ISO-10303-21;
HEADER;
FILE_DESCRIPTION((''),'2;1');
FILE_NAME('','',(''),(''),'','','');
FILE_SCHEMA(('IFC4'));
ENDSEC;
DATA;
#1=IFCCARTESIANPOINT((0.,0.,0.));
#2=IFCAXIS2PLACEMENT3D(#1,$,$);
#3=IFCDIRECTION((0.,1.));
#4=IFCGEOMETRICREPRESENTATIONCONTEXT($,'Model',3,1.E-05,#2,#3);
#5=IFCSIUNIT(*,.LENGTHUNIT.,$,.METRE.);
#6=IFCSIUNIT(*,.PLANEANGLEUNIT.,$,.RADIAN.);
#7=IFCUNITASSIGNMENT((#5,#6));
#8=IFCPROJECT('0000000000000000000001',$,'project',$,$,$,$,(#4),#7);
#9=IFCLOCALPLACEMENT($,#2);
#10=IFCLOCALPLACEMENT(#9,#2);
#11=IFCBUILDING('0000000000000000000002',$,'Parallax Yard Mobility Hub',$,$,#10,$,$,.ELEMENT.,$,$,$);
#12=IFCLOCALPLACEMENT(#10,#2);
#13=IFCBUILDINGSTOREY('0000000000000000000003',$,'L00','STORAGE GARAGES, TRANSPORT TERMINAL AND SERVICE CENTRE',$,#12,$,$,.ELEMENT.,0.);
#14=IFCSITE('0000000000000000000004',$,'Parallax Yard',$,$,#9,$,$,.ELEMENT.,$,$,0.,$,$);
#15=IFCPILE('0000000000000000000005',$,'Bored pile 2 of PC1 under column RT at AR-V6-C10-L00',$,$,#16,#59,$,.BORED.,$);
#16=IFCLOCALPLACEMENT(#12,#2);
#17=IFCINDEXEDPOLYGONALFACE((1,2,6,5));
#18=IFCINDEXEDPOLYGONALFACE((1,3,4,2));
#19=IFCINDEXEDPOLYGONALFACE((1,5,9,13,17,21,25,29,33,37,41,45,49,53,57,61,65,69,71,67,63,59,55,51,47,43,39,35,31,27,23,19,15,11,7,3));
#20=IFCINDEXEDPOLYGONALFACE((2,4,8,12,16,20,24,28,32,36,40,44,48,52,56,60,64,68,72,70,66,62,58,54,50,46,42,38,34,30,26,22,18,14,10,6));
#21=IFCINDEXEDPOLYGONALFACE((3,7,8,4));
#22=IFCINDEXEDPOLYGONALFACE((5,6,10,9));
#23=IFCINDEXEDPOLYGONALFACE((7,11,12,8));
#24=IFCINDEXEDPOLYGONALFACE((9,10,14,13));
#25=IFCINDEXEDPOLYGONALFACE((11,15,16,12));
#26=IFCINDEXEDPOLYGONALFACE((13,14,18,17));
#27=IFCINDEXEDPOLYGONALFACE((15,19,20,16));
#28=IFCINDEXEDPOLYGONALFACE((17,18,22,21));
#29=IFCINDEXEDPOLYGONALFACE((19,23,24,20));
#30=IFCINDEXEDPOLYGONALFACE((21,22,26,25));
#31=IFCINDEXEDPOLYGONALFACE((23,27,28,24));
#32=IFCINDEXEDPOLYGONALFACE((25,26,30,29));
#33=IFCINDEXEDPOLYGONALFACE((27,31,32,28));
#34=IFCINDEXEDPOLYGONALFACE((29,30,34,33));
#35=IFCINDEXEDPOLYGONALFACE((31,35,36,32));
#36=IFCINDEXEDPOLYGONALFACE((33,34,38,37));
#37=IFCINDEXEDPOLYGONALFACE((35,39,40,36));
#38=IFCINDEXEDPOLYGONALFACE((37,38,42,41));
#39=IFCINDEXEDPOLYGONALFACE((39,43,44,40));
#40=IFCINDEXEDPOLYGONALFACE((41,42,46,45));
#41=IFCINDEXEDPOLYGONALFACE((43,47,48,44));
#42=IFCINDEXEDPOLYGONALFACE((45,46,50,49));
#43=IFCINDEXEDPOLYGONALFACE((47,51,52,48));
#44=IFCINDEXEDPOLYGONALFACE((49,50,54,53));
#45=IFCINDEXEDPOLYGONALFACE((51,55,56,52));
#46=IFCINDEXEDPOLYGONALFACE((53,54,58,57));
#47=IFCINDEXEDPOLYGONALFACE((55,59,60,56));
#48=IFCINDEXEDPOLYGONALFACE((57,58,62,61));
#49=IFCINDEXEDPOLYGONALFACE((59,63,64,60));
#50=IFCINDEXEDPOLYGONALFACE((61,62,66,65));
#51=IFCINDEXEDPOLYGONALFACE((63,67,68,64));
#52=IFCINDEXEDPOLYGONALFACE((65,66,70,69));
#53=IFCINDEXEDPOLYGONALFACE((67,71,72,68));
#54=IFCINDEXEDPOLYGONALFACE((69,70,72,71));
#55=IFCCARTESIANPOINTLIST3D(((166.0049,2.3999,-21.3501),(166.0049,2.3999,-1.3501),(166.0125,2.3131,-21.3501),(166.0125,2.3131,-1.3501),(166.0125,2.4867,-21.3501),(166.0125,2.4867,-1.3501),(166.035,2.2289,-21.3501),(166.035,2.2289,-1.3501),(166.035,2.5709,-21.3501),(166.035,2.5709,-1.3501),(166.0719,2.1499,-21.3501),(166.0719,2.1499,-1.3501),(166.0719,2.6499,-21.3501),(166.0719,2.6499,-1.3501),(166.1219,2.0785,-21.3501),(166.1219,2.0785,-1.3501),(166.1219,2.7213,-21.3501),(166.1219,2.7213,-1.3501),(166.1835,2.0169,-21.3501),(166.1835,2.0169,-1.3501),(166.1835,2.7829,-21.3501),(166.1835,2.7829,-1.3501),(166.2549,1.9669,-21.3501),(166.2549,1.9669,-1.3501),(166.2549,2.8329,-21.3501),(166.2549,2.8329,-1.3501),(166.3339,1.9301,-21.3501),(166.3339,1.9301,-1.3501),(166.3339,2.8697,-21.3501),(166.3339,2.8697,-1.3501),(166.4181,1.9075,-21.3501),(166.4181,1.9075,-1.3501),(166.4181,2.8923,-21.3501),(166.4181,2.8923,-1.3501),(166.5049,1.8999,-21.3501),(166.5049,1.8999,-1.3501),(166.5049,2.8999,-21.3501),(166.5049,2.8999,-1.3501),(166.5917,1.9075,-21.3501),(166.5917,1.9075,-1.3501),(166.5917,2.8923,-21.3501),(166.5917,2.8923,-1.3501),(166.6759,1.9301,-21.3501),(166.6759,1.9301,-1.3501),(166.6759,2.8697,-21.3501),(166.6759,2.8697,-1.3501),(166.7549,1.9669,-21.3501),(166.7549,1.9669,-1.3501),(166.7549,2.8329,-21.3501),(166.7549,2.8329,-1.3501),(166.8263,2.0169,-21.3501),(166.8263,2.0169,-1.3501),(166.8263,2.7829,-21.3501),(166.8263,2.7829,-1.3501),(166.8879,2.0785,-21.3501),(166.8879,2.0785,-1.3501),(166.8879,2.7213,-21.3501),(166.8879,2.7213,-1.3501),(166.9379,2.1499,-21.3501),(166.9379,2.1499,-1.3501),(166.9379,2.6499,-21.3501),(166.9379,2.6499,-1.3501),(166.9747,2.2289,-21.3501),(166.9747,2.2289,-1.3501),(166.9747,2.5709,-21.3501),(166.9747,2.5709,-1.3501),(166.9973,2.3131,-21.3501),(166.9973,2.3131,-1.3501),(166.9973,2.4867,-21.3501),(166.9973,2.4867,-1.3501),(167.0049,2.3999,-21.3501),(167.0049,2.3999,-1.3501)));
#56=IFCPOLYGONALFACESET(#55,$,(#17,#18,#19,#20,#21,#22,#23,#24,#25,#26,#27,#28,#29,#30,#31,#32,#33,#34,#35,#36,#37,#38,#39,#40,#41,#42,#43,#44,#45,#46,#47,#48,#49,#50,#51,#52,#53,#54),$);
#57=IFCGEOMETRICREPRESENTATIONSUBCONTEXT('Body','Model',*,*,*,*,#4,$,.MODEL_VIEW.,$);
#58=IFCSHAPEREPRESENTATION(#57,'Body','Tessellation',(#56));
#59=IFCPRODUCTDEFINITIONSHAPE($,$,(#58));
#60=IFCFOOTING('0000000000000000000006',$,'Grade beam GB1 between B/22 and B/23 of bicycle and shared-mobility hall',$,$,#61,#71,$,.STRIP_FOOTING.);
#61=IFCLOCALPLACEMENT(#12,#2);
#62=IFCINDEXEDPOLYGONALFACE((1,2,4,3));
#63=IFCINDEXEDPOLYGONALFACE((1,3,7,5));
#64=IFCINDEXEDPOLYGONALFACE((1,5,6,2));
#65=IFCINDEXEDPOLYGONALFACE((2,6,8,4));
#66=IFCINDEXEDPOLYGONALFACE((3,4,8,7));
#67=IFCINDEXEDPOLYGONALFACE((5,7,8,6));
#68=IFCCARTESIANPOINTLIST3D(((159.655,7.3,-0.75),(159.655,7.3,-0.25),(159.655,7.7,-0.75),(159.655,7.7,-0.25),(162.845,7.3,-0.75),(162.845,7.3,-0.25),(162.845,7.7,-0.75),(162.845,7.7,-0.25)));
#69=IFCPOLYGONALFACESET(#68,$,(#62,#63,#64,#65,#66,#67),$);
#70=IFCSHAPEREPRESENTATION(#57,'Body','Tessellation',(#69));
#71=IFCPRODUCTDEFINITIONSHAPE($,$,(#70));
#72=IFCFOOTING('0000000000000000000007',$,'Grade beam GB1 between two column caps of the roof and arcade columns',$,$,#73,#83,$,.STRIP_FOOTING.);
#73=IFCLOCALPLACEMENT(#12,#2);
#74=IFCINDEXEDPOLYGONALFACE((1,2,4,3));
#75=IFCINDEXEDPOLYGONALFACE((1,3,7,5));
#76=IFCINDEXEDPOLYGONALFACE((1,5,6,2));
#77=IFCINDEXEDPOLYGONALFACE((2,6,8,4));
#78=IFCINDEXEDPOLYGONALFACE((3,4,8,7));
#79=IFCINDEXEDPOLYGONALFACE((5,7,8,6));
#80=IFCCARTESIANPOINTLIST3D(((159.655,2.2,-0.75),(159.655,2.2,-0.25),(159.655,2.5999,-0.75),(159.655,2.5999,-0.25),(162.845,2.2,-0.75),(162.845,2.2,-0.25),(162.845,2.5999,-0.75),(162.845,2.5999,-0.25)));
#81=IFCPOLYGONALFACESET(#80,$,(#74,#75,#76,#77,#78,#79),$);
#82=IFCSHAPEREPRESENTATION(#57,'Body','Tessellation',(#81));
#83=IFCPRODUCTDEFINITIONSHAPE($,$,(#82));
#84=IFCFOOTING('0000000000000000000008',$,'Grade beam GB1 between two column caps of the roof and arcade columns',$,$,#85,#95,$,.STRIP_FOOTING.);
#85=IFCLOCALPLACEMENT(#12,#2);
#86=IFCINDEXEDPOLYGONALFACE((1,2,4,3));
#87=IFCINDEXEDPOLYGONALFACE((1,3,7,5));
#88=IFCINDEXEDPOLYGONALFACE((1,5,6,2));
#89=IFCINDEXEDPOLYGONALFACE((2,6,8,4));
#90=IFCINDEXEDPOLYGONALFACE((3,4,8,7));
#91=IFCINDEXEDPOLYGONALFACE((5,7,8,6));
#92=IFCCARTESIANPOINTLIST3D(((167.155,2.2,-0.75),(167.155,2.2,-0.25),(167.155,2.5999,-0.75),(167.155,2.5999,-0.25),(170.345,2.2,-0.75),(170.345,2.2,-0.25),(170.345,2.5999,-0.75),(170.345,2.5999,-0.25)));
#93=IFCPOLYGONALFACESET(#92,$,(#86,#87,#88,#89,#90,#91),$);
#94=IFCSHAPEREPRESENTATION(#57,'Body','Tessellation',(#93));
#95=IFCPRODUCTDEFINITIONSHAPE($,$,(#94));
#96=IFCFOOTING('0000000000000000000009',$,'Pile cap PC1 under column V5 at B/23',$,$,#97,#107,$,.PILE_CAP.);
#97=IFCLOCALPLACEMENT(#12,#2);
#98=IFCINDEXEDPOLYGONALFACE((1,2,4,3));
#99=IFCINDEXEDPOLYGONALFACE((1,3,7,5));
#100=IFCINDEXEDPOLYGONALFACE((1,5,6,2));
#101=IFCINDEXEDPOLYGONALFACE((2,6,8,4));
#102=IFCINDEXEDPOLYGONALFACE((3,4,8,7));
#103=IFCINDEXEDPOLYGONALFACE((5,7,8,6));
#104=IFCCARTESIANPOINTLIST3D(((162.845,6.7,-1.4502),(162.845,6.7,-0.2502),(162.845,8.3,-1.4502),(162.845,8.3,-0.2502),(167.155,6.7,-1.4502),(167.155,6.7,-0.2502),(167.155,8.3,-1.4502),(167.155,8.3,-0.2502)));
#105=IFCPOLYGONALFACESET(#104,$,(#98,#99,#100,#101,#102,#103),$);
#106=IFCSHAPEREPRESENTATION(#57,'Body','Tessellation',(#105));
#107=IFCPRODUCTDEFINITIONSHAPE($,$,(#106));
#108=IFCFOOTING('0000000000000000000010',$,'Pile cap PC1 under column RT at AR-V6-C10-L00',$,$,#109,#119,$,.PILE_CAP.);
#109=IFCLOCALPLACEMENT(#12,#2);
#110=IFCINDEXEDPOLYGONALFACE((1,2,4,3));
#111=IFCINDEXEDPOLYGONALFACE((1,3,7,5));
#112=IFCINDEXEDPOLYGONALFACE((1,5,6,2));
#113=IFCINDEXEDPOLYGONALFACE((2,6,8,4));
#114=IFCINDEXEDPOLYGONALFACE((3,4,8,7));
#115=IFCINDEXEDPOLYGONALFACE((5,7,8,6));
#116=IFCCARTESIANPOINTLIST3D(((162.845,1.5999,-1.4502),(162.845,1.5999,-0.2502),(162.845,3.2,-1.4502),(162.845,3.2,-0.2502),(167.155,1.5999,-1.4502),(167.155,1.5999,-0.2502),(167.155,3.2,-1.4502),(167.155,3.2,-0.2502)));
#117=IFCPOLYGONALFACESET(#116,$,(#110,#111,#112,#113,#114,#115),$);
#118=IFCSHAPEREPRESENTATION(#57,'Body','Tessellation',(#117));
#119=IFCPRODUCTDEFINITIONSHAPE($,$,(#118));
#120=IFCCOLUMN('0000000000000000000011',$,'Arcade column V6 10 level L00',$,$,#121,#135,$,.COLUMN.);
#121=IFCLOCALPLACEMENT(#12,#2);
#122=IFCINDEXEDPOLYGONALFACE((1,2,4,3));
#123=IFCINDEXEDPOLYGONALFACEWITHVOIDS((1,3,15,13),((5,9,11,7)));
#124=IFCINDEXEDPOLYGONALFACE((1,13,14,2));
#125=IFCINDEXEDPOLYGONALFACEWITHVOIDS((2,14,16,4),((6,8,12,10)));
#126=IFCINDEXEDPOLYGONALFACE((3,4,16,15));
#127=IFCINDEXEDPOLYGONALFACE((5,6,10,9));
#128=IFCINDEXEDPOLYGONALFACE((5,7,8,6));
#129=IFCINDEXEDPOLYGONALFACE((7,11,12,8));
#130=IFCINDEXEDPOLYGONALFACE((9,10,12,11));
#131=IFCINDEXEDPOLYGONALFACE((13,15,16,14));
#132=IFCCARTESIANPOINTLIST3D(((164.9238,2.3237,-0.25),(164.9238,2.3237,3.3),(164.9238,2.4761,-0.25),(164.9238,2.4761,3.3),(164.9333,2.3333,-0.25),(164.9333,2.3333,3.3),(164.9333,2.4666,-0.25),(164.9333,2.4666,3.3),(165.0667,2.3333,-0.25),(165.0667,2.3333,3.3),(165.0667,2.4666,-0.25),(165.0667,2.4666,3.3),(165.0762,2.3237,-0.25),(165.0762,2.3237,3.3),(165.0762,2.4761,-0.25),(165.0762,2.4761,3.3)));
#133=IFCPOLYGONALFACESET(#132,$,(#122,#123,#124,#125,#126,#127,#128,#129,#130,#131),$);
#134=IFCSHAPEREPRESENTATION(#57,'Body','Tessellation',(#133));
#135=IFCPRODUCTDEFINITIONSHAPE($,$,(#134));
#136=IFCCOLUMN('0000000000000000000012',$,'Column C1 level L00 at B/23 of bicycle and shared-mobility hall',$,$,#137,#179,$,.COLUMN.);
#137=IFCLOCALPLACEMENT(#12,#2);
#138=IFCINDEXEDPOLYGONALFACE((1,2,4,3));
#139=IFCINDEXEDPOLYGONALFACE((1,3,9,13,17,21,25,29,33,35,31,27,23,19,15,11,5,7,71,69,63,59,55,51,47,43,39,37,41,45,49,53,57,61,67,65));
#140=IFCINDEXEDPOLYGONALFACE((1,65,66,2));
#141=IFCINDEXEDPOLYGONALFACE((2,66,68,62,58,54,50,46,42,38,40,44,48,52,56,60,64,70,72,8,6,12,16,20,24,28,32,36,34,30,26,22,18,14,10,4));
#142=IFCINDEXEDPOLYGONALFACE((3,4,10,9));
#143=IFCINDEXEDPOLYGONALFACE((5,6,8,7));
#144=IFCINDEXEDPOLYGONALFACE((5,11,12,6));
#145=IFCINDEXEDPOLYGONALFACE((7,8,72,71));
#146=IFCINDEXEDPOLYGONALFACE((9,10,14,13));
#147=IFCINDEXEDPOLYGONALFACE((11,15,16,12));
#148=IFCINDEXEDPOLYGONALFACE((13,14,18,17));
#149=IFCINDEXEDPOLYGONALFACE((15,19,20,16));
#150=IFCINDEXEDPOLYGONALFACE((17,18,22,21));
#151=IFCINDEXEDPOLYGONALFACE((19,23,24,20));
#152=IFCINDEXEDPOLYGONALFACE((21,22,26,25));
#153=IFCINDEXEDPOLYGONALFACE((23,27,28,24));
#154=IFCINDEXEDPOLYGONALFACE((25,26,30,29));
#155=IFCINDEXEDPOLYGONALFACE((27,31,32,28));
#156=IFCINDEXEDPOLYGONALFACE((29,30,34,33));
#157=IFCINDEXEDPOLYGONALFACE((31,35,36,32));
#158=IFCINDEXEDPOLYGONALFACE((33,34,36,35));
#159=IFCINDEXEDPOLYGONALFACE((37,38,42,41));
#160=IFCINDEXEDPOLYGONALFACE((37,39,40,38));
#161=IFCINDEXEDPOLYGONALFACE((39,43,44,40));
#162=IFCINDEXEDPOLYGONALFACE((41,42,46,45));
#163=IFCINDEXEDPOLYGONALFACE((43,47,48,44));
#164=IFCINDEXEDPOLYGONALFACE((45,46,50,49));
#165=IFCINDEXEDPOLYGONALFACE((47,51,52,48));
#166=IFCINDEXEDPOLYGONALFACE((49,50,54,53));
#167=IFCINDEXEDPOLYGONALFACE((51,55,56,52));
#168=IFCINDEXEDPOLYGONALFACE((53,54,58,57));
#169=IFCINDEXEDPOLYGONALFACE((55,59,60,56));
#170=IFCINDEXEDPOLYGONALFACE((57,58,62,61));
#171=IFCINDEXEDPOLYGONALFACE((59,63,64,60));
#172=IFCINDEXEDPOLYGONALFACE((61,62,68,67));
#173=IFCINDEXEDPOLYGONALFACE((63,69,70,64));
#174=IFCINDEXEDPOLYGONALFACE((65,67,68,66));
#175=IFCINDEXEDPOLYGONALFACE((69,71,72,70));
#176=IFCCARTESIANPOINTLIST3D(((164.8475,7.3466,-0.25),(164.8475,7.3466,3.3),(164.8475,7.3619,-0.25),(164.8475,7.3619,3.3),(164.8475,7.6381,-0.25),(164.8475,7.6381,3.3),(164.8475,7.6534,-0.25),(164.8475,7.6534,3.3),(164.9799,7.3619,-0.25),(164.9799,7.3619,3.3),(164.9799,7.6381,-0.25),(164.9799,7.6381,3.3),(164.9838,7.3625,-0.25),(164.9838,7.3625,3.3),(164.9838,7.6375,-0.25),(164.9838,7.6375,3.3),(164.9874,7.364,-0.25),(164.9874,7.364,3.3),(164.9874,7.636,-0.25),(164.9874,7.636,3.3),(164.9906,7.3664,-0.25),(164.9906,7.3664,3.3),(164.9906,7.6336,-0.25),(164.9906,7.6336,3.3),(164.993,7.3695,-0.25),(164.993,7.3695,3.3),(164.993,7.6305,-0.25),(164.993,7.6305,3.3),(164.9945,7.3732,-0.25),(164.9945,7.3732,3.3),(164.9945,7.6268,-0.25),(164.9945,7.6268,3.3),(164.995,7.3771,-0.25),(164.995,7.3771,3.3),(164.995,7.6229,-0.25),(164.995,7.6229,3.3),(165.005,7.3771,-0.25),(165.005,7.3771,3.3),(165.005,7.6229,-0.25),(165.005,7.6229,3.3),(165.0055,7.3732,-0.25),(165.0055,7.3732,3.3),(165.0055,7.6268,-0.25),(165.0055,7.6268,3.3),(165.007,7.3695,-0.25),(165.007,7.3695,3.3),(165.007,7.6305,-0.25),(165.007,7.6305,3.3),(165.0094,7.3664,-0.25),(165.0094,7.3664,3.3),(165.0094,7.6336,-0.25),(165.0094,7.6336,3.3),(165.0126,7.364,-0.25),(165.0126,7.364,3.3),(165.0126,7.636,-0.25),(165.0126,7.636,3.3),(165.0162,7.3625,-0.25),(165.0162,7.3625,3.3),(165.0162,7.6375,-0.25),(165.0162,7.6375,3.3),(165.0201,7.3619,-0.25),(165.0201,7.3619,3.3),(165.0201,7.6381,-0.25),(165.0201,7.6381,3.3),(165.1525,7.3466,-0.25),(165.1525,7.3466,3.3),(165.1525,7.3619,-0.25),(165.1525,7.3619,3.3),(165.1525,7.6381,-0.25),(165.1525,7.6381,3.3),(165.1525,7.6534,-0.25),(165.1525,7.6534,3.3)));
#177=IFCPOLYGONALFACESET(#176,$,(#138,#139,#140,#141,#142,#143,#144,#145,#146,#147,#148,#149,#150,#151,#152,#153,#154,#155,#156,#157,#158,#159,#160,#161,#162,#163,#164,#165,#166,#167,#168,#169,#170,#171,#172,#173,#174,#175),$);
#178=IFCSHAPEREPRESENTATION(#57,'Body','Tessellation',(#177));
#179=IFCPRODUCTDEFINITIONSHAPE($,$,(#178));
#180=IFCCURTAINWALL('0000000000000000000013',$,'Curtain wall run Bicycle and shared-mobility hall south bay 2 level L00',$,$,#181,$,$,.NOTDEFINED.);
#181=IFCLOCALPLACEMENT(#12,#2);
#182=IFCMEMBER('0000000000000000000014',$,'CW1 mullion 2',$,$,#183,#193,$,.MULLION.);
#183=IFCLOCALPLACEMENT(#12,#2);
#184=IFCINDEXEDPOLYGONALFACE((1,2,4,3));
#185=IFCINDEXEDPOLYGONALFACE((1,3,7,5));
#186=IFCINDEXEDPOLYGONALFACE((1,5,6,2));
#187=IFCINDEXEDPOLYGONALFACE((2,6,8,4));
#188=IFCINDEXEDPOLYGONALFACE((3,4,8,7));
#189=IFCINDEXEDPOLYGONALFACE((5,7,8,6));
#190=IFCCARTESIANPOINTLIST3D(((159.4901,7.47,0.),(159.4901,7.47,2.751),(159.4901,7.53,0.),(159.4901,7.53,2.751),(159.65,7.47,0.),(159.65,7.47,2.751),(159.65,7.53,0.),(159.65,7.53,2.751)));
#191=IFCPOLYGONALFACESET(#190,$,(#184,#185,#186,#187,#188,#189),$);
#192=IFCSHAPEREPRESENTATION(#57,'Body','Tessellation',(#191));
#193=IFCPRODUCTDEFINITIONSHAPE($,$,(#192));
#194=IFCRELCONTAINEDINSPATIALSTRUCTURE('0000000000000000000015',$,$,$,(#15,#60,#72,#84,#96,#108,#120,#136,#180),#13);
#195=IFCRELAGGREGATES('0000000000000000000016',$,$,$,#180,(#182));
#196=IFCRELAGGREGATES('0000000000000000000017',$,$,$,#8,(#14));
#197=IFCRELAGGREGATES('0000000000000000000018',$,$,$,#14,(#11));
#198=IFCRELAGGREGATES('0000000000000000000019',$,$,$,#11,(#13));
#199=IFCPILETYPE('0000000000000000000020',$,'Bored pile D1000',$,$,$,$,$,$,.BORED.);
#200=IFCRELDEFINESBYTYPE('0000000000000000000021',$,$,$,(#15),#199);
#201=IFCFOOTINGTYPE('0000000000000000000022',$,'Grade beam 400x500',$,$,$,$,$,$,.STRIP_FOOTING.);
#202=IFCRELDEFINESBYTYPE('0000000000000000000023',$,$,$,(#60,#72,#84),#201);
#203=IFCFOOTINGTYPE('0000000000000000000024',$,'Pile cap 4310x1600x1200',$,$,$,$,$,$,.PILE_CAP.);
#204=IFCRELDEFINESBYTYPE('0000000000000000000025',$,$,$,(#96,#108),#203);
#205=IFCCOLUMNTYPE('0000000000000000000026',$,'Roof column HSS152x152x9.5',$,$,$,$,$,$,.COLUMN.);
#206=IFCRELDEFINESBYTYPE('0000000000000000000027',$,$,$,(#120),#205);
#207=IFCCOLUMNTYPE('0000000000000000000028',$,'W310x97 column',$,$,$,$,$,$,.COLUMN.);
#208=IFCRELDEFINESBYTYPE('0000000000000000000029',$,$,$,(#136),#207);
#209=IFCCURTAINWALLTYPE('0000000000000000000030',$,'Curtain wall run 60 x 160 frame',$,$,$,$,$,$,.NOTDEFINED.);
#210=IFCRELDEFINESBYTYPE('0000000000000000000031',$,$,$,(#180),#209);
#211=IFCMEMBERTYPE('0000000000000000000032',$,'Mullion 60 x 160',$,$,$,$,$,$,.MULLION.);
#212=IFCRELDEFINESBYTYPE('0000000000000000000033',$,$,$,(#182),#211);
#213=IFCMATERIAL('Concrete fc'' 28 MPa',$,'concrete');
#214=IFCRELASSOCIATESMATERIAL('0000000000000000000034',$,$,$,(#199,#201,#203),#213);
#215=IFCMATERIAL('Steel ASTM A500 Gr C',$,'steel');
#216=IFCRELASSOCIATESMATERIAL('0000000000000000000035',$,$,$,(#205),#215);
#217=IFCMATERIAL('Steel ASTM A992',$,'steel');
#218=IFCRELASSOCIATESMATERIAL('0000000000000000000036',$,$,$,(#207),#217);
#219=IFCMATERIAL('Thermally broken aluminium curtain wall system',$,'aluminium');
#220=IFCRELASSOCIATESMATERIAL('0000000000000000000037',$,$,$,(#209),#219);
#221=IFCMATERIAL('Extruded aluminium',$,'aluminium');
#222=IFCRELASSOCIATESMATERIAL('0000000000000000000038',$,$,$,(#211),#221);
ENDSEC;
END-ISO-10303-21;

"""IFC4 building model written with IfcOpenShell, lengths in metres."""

from ifc_helpers import new_model, si_unit, direction, frame, origin, origin_2d, place, context, subcontext, project, spatial, rectangle, hollow_rectangle, circle, i_section, extrude, material, material_profile, profile_set, type_object, element, aggregate, save


model = new_model("IFC4")

# Units and contexts
model_context = context("Model", 3, precision=1e-05, world=origin(), true_north=direction((0.0, 1.0)))
body_context = subcontext(model_context, "Body", "Model", "MODEL_VIEW")
ifc_project = project(units=[si_unit("LENGTHUNIT", "METRE"), si_unit("PLANEANGLEUNIT", "RADIAN")], contexts=[model_context])

# Site, building, storey
site_placement = place(None, origin())
site = spatial("IfcSite", under=ifc_project, at=site_placement, Name="Parallax Yard", CompositionType="ELEMENT", RefElevation=0.0)
building_placement = place(site_placement, origin())
building = spatial("IfcBuilding", under=site, at=building_placement, Name="Parallax Yard Mobility Hub", CompositionType="ELEMENT")
storey_placement = place(building_placement, origin())
storey = spatial("IfcBuildingStorey", under=building, at=storey_placement, Name="L00", Description="STORAGE GARAGES, TRANSPORT TERMINAL AND SERVICE CENTRE", CompositionType="ELEMENT", Elevation=0.0)

# Pile
ifc_material_1 = material(Name="Concrete fc' 28 MPa", Category="concrete")
ifc_material_profile_1 = material_profile(ifc_material_1, circle(Radius=0.5, at=origin_2d()), Name="Bored pile D1000")
ifc_profile_set_1 = profile_set([ifc_material_profile_1], Name="Concrete fc' 28 MPa")
pile_type = type_object("IfcPileType", Name="Bored pile D1000", PredefinedType="BORED", material=ifc_profile_set_1)
for number, where, z_axis, x_axis, name in (
    (1, (166.5049, 2.3999, -1.3501), (0.0, 0.0, -1.0), (1.0, 0.0, 0.0), "Bored pile 2 of PC1 under column RT at AR-V6-C10-L00"),
):
    element("IfcPile", number, at=place(storey_placement, frame(where, z_axis=z_axis, x_axis=x_axis)), inside=storey, type_object=pile_type, Name=name, PredefinedType="BORED", context=body_context, shape_type="SweptSolid", body=[
        extrude(circle(Radius=0.5, at=origin_2d()), origin(), (0.0, 0.0, 1.0), 20.0),
    ])

# Footings
ifc_material_profile_2 = material_profile(ifc_material_1, rectangle(XDim=0.3999, YDim=0.5, at=origin_2d()), Name="Grade beam 400x500")
ifc_profile_set_2 = profile_set([ifc_material_profile_2], Name="Concrete fc' 28 MPa")
footing_type_1 = type_object("IfcFootingType", Name="Grade beam 400x500", PredefinedType="STRIP_FOOTING", material=ifc_profile_set_2)
for number, where, z_axis, x_axis, name in (
    (2, (159.655, 7.5, -0.5), (1.0, 0.0, 0.0), (0.0, 1.0, 0.0), "Grade beam GB1 between B/22 and B/23 of bicycle and shared-mobility hall"),
    (3, (159.655, 2.3999, -0.5), (1.0, 0.0, 0.0), (0.0, 1.0, 0.0), "Grade beam GB1 between two column caps of the roof and arcade columns"),
    (4, (167.155, 2.3999, -0.5), (1.0, 0.0, 0.0), (0.0, 1.0, 0.0), "Grade beam GB1 between two column caps of the roof and arcade columns"),
):
    element("IfcFooting", number, at=place(storey_placement, frame(where, z_axis=z_axis, x_axis=x_axis)), inside=storey, type_object=footing_type_1, Name=name, PredefinedType="STRIP_FOOTING", context=body_context, shape_type="SweptSolid", body=[
        extrude(rectangle(XDim=0.3999, YDim=0.5, at=origin_2d()), origin(), (0.0, 0.0, 1.0), 3.1899),
    ])
footing_type_2 = type_object("IfcFootingType", Name="Pile cap 4310x1600x1200", PredefinedType="PILE_CAP", material=ifc_material_1)
for number, where, z_axis, x_axis, name in (
    (5, (165.0, 7.5, -1.4502), (0.0, 0.0, 1.0), (1.0, 0.0, 0.0), "Pile cap PC1 under column V5 at B/23"),
    (6, (165.0, 2.3999, -1.4502), (0.0, 0.0, 1.0), (1.0, 0.0, 0.0), "Pile cap PC1 under column RT at AR-V6-C10-L00"),
):
    element("IfcFooting", number, at=place(storey_placement, frame(where, z_axis=z_axis, x_axis=x_axis)), inside=storey, type_object=footing_type_2, Name=name, PredefinedType="PILE_CAP", context=body_context, shape_type="SweptSolid", body=[
        extrude(rectangle(XDim=4.3101, YDim=1.6001, at=origin_2d()), origin(), (0.0, 0.0, 1.0), 1.2),
    ])

# Columns
ifc_material_2 = material(Name="Steel ASTM A500 Gr C", Category="steel")
ifc_material_profile_3 = material_profile(ifc_material_2, hollow_rectangle(XDim=0.1523, YDim=0.1523, WallThickness=0.0095, at=origin_2d()), Name="HSS152x152x9.5")
ifc_profile_set_3 = profile_set([ifc_material_profile_3], Name="Steel ASTM A500 Gr C")
column_type_1 = type_object("IfcColumnType", Name="Roof column HSS152x152x9.5", PredefinedType="COLUMN", material=ifc_profile_set_3)
column_1_placement = place(storey_placement, frame((165.0, 2.3999, -0.25), z_axis=(0.0, 0.0, 1.0), x_axis=(1.0, 0.0, 0.0)))
element("IfcColumn", 7, at=column_1_placement, inside=storey, type_object=column_type_1, Name="Arcade column V6 10 level L00", PredefinedType="COLUMN", context=body_context, shape_type="SweptSolid", body=[
    extrude(hollow_rectangle(XDim=0.1523, YDim=0.1523, WallThickness=0.0095, at=origin_2d()), origin(), (0.0, 0.0, 1.0), 3.55),
])
ifc_material_3 = material(Name="Steel ASTM A992", Category="steel")
ifc_material_profile_4 = material_profile(ifc_material_3, i_section(OverallWidth=0.3049, OverallDepth=0.3069, WebThickness=0.01, FlangeThickness=0.0154, FilletRadius=0.0151, at=origin_2d()), Name="W310x97")
ifc_profile_set_4 = profile_set([ifc_material_profile_4], Name="Steel ASTM A992")
column_type_2 = type_object("IfcColumnType", Name="W310x97 column", PredefinedType="COLUMN", material=ifc_profile_set_4)
column_2_placement = place(storey_placement, frame((165.0, 7.5, -0.25), z_axis=(0.0, 0.0, 1.0), x_axis=(1.0, 0.0, 0.0)))
element("IfcColumn", 8, at=column_2_placement, inside=storey, type_object=column_type_2, Name="Column C1 level L00 at B/23 of bicycle and shared-mobility hall", PredefinedType="COLUMN", context=body_context, shape_type="SweptSolid", body=[
    extrude(i_section(OverallWidth=0.3049, OverallDepth=0.3069, WebThickness=0.01, FlangeThickness=0.0154, FilletRadius=0.0151, at=origin_2d()), origin(), (0.0, 0.0, 1.0), 3.55),
])

# Curtain wall, member
ifc_material_4 = material(Name="Thermally broken aluminium curtain wall system", Category="aluminium")
curtain_wall_type = type_object("IfcCurtainWallType", Name="Curtain wall run 60 x 160 frame", PredefinedType="NOTDEFINED", material=ifc_material_4)
curtain_wall_1_placement = place(storey_placement, origin())
curtain_wall_1 = element("IfcCurtainWall", 9, at=curtain_wall_1_placement, inside=storey, type_object=curtain_wall_type, Name="Curtain wall run Bicycle and shared-mobility hall south bay 2 level L00", PredefinedType="NOTDEFINED")
ifc_material_5 = material(Name="Extruded aluminium", Category="aluminium")
ifc_material_profile_5 = material_profile(ifc_material_5, rectangle(XDim=0.0601, YDim=0.1599, at=origin_2d()), Name="Mullion 60 x 160")
ifc_profile_set_5 = profile_set([ifc_material_profile_5], Name="Extruded aluminium")
member_type_1 = type_object("IfcMemberType", Name="Mullion 60 x 160", PredefinedType="MULLION", material=ifc_profile_set_5)
member_1_placement = place(storey_placement, frame((159.5701, 7.5, 0.0), z_axis=(0.0, 0.0, 1.0), x_axis=(0.0, 1.0, 0.0)))
member_1 = element("IfcMember", 10, at=member_1_placement, type_object=member_type_1, Name="CW1 mullion 2", PredefinedType="MULLION", context=body_context, shape_type="SweptSolid", body=[
    extrude(rectangle(XDim=0.0601, YDim=0.1599, at=origin_2d()), origin(), (0.0, 0.0, 1.0), 2.751),
])

aggregate(curtain_wall_1, [member_1])

save(model, "model.ifc")
